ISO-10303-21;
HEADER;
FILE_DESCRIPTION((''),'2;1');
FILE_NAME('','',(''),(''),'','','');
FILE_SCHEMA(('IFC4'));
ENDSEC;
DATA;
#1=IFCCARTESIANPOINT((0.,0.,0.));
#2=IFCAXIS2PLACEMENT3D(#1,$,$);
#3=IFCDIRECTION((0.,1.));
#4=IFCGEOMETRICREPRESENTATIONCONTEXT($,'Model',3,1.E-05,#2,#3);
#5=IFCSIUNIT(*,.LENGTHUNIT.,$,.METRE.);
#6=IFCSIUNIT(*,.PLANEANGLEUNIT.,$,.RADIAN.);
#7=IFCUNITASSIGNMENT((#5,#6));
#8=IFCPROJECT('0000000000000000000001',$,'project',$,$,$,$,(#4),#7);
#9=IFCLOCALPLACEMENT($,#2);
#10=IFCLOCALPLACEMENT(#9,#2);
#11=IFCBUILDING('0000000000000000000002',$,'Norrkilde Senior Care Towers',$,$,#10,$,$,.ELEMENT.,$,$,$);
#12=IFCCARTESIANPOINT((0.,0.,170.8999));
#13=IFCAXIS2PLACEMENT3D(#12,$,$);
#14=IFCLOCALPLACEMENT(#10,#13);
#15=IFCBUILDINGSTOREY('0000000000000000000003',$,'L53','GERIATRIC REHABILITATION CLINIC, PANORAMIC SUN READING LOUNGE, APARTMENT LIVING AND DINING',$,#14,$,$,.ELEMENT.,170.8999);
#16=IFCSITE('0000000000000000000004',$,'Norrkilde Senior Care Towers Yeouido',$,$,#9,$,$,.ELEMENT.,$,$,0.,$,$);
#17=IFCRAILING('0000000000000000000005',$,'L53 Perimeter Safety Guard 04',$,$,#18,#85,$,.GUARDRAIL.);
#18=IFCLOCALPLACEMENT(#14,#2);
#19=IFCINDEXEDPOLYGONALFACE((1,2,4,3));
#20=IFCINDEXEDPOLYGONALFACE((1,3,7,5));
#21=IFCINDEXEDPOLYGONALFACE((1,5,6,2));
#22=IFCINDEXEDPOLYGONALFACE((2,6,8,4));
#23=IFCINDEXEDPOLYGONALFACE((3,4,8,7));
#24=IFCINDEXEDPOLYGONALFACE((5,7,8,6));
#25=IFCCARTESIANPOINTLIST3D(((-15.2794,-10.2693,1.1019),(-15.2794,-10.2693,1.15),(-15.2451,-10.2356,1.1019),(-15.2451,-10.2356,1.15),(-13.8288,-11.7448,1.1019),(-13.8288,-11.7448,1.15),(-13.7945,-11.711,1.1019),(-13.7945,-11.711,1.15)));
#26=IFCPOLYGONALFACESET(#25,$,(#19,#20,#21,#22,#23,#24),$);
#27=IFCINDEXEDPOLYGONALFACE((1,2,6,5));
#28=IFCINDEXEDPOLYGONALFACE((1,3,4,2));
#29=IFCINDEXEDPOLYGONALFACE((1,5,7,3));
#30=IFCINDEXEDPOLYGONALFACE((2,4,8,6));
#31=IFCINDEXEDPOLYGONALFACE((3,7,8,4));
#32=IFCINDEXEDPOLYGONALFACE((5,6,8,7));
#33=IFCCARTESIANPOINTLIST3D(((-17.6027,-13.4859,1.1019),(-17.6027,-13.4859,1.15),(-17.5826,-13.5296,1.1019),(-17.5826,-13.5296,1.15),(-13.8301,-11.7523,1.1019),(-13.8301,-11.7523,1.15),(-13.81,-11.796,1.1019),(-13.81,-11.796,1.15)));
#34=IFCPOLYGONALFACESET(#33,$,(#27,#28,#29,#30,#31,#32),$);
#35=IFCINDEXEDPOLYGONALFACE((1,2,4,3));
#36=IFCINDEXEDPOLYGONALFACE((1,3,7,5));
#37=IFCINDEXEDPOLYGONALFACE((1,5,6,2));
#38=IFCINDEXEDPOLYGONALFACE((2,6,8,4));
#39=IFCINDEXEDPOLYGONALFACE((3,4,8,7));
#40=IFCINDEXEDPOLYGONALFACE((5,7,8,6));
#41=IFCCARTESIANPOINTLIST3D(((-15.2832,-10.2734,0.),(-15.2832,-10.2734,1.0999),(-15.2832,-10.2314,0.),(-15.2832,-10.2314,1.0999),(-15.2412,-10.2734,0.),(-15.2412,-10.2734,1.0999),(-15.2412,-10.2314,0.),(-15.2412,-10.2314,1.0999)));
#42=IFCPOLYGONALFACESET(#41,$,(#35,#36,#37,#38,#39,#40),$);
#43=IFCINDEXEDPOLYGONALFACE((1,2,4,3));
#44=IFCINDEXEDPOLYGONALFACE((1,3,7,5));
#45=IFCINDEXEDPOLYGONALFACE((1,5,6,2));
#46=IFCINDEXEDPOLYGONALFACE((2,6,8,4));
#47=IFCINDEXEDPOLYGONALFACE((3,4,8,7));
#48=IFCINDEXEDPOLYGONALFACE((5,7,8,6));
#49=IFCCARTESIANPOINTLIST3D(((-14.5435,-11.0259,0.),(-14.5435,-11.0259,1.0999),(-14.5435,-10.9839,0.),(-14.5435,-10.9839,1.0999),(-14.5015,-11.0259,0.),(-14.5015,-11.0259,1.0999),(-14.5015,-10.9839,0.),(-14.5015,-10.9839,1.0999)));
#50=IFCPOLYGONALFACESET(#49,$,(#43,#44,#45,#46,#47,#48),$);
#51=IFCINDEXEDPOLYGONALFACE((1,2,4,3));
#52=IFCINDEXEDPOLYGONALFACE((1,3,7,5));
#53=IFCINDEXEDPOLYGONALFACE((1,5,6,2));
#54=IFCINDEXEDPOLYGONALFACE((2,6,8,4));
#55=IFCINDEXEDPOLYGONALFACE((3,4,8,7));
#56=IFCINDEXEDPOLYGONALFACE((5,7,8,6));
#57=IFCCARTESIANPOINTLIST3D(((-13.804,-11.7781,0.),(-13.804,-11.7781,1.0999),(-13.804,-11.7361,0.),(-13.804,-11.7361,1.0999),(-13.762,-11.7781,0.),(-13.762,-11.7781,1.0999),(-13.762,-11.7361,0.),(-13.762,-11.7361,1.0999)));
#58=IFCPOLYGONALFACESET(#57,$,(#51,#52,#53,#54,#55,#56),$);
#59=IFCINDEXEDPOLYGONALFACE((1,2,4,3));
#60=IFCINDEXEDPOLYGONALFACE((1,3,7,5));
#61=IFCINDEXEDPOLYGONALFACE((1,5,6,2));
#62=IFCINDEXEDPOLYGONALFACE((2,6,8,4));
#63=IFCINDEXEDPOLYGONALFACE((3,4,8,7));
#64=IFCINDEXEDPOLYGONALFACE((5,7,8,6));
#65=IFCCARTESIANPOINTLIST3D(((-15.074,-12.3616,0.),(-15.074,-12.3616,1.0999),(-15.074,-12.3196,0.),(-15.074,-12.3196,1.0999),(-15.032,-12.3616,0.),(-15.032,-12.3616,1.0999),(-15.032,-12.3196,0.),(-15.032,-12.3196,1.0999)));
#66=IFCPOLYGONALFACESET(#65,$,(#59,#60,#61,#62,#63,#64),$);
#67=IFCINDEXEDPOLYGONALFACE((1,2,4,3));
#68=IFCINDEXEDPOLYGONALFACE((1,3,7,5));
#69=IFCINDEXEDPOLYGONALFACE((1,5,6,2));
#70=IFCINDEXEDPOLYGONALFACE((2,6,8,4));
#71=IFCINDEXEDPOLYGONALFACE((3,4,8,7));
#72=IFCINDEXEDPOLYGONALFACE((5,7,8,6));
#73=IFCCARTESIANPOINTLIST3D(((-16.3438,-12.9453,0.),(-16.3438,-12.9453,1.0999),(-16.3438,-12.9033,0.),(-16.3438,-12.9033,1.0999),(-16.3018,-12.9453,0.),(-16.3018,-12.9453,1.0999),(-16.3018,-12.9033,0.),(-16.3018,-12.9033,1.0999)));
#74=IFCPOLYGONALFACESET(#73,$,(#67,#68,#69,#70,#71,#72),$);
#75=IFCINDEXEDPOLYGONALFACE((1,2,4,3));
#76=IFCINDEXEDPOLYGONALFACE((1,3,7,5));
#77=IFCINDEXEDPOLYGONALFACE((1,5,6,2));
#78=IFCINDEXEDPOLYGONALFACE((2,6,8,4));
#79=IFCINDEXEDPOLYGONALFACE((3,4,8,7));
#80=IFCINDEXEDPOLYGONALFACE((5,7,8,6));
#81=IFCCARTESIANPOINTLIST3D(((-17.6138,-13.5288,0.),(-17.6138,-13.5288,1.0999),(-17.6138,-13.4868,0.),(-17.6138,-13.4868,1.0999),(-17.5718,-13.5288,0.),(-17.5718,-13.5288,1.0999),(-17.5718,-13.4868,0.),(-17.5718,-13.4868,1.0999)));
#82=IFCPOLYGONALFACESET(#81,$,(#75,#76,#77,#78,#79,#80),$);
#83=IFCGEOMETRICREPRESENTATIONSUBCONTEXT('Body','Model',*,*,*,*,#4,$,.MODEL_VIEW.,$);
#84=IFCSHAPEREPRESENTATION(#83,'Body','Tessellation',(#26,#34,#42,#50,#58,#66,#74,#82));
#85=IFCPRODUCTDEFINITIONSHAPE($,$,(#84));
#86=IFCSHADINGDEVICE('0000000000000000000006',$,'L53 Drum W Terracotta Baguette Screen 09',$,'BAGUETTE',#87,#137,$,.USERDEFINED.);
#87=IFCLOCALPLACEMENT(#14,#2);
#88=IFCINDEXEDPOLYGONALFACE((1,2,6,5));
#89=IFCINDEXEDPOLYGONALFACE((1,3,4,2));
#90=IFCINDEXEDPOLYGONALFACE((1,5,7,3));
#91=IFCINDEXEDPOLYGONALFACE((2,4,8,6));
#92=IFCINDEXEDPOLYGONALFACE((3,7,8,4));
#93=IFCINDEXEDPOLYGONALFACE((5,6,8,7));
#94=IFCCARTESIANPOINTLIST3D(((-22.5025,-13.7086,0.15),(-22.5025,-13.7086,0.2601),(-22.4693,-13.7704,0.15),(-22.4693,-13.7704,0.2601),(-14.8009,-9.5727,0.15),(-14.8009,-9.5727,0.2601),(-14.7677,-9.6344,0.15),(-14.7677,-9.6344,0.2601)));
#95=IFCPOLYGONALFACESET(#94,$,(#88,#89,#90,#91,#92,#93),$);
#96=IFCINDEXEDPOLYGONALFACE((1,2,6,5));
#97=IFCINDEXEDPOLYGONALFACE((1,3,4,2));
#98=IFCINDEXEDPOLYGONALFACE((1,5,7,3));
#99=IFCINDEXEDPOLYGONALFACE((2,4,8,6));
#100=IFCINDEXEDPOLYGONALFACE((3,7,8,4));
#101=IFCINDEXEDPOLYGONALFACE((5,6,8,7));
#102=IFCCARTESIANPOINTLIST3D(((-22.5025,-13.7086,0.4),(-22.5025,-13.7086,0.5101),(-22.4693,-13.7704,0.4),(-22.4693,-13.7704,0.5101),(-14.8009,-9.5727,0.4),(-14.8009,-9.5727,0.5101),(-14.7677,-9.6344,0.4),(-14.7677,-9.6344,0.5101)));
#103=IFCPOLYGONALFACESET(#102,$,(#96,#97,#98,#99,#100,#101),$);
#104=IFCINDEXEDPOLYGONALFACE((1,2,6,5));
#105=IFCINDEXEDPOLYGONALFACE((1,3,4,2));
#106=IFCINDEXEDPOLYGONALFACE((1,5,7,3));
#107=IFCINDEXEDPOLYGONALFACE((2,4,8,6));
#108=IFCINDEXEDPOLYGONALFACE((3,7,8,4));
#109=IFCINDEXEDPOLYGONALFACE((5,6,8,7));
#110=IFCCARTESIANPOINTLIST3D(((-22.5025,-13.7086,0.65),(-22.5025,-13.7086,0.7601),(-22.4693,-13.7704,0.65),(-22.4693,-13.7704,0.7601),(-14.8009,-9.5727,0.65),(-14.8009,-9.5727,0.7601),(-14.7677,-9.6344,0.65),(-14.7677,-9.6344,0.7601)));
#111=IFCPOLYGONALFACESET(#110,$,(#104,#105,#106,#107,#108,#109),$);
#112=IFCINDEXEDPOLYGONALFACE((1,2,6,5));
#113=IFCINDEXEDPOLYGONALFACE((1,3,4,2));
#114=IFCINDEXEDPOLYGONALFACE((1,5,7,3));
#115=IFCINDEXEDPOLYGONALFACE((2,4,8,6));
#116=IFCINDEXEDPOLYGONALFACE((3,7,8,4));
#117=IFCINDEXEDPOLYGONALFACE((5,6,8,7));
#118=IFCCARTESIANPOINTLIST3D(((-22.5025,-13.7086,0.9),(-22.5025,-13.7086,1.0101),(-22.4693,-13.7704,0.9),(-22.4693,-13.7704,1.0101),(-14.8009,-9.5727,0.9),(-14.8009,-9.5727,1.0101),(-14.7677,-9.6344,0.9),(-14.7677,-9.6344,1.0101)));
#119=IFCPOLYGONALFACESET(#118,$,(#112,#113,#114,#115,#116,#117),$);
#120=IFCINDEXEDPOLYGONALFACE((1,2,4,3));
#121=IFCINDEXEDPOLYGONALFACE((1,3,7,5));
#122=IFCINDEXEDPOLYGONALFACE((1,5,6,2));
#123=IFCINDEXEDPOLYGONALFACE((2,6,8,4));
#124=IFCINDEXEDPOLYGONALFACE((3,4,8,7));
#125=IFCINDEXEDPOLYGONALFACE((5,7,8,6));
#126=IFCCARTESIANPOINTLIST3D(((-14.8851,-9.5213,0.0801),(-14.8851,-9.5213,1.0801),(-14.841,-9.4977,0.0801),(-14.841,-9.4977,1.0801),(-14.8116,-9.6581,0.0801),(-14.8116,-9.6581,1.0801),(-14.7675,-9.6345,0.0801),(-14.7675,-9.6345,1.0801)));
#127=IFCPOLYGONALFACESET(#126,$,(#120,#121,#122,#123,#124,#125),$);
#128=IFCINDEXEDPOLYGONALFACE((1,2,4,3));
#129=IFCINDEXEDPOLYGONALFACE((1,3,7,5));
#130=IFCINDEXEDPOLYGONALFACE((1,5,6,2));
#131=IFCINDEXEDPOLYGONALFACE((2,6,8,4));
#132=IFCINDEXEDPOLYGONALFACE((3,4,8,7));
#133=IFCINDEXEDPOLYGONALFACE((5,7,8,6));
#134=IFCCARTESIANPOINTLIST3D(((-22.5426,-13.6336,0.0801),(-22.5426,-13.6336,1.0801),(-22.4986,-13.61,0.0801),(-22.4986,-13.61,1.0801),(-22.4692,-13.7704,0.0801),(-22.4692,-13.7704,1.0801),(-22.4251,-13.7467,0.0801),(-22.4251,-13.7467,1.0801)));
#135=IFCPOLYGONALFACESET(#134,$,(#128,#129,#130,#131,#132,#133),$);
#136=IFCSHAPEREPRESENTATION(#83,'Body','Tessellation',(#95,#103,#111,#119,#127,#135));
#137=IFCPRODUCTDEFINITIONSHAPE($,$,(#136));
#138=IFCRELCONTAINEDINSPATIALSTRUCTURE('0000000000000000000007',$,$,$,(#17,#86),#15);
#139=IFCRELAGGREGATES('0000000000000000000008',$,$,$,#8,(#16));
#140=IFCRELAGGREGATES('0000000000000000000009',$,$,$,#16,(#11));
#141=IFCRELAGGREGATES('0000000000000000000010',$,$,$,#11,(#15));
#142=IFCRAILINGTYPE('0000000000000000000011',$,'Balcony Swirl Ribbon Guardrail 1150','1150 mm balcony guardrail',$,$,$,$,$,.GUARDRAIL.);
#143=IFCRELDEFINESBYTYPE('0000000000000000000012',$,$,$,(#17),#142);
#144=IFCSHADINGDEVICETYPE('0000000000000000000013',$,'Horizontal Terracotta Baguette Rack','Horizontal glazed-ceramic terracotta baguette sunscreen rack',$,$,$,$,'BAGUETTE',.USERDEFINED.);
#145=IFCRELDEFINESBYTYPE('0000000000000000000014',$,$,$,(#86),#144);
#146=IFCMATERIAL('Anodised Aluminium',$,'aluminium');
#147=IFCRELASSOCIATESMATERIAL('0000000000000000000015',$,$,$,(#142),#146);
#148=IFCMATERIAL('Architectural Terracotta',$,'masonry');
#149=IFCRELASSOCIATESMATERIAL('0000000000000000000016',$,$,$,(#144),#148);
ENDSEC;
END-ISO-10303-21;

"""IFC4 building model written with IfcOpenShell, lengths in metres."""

from ifc_helpers import new_model, si_unit, direction, frame, origin, origin_2d, place, context, subcontext, project, spatial, rectangle, extrude, source, transform, mapped, material, type_object, type_shapes, element, save


model = new_model("IFC4")

# Units and contexts
model_context = context("Model", 3, precision=1e-05, world=origin(), true_north=direction((0.0, 1.0)))
body_context = subcontext(model_context, "Body", "Model", "MODEL_VIEW")
ifc_project = project(units=[si_unit("LENGTHUNIT", "METRE"), si_unit("PLANEANGLEUNIT", "RADIAN")], contexts=[model_context])

# Site, building, storey
site_placement = place(None, origin())
site = spatial("IfcSite", under=ifc_project, at=site_placement, Name="Norrkilde Senior Care Towers Yeouido", CompositionType="ELEMENT", RefElevation=0.0)
building_placement = place(site_placement, origin())
building = spatial("IfcBuilding", under=site, at=building_placement, Name="Norrkilde Senior Care Towers", CompositionType="ELEMENT")
storey_placement = place(building_placement, frame((0.0, 0.0, 170.8999)))
storey = spatial("IfcBuildingStorey", under=building, at=storey_placement, Name="L53", Description="GERIATRIC REHABILITATION CLINIC, PANORAMIC SUN READING LOUNGE, APARTMENT LIVING AND DINING", CompositionType="ELEMENT", Elevation=170.8999)

# Shared definitions
ifc_material_1 = material(Name="Anodised Aluminium", Category="aluminium")

# Railing
railing_type = type_object("IfcRailingType", Name="Balcony Swirl Ribbon Guardrail 1150", Description="1150 mm balcony guardrail", PredefinedType="GUARDRAIL", material=ifc_material_1)
railing_1_placement = place(storey_placement, frame((-15.2622, -10.2524, 0.0)))
element("IfcRailing", 1, at=railing_1_placement, inside=storey, type_object=railing_type, Name="L53 Perimeter Safety Guard 04", PredefinedType="GUARDRAIL", context=body_context, shape_type="SweptSolid", body=[
    extrude(rectangle(XDim=0.0481, YDim=0.0481, at=origin_2d()), frame((0.0, 0.0, 1.126), z_axis=(0.701064, -0.713098, 0.0), x_axis=(0.713098, 0.701064, 0.0)), (0.0, 0.0, 1.0), 2.0691),
    extrude(rectangle(XDim=0.0481, YDim=0.0481, at=origin_2d()), frame((1.4421, -1.5217, 1.126), z_axis=(-0.908652, -0.417555, 0.0), x_axis=(0.417555, -0.908652, 0.0)), (0.0, 0.0, 1.0), 4.1519),
    extrude(rectangle(XDim=0.042, YDim=0.042, at=origin_2d()), origin(), (0.0, 0.0, 1.0), 1.0999),
    extrude(rectangle(XDim=0.042, YDim=0.042, at=origin_2d()), frame((0.7397, -0.7524, 0.0)), (0.0, 0.0, 1.0), 1.0999),
    extrude(rectangle(XDim=0.042, YDim=0.042, at=origin_2d()), frame((1.4792, -1.5046, 0.0)), (0.0, 0.0, 1.0), 1.0999),
    extrude(rectangle(XDim=0.042, YDim=0.042, at=origin_2d()), frame((0.2092, -2.0881, 0.0)), (0.0, 0.0, 1.0), 1.0999),
    extrude(rectangle(XDim=0.042, YDim=0.042, at=origin_2d()), frame((-1.0605, -2.6719, 0.0)), (0.0, 0.0, 1.0), 1.0999),
    extrude(rectangle(XDim=0.042, YDim=0.042, at=origin_2d()), frame((-2.3306, -3.2554, 0.0)), (0.0, 0.0, 1.0), 1.0999),
])

# Shading device
ifc_material_2 = material(Name="Architectural Terracotta", Category="masonry")
shading_device_type = type_object("IfcShadingDeviceType", Name="Horizontal Terracotta Baguette Rack", Description="Horizontal glazed-ceramic terracotta baguette sunscreen rack", ElementType="BAGUETTE", PredefinedType="USERDEFINED", material=ifc_material_2)
shared_shape_1 = source(origin(), body_context, "Body", "SweptSolid", [
    extrude(rectangle(XDim=0.0701, YDim=0.1101, at=origin_2d()), frame((0.0, 0.0901, 0.125), z_axis=(1.0, 0.0, 0.0), x_axis=(0.0, 1.0, 0.0)), (0.0, 0.0, 1.0), 8.7419),
    extrude(rectangle(XDim=0.0701, YDim=0.1101, at=origin_2d()), frame((0.0, 0.0901, 0.375), z_axis=(1.0, 0.0, 0.0), x_axis=(0.0, 1.0, 0.0)), (0.0, 0.0, 1.0), 8.7419),
    extrude(rectangle(XDim=0.0701, YDim=0.1101, at=origin_2d()), frame((0.0, 0.0901, 0.625), z_axis=(1.0, 0.0, 0.0), x_axis=(0.0, 1.0, 0.0)), (0.0, 0.0, 1.0), 8.7419),
    extrude(rectangle(XDim=0.0701, YDim=0.1101, at=origin_2d()), frame((0.0, 0.0901, 0.875), z_axis=(1.0, 0.0, 0.0), x_axis=(0.0, 1.0, 0.0)), (0.0, 0.0, 1.0), 8.7419),
    extrude(rectangle(XDim=0.05, YDim=0.1553, at=origin_2d()), frame((0.0249, 0.0476, 0.0)), (0.0, 0.0, 1.0), 1.0),
    extrude(rectangle(XDim=0.05, YDim=0.1553, at=origin_2d()), frame((8.7168, 0.0476, 0.0)), (0.0, 0.0, 1.0), 1.0),
])
type_shapes(shading_device_type, [shared_shape_1])
shading_device_placement = place(storey_placement, frame((-14.8269, -9.5242, 0.0801), z_axis=(0.0, 0.0, 1.0), x_axis=(-0.881001, -0.47312, 0.0)))
element("IfcShadingDevice", 2, at=shading_device_placement, inside=storey, type_object=shading_device_type, Name="L53 Drum W Terracotta Baguette Screen 09", ObjectType="BAGUETTE", PredefinedType="USERDEFINED", context=body_context, shape_type="MappedRepresentation", body=[
    mapped(shared_shape_1, transform((0.0, 0.0, 0.0), x_axis=(1.0, 0.0, 0.0), y_axis=(0.0, 1.0, 0.0), z_axis=(0.0, 0.0, 1.0), scale=1.0)),
])

save(model, "model.ifc")
